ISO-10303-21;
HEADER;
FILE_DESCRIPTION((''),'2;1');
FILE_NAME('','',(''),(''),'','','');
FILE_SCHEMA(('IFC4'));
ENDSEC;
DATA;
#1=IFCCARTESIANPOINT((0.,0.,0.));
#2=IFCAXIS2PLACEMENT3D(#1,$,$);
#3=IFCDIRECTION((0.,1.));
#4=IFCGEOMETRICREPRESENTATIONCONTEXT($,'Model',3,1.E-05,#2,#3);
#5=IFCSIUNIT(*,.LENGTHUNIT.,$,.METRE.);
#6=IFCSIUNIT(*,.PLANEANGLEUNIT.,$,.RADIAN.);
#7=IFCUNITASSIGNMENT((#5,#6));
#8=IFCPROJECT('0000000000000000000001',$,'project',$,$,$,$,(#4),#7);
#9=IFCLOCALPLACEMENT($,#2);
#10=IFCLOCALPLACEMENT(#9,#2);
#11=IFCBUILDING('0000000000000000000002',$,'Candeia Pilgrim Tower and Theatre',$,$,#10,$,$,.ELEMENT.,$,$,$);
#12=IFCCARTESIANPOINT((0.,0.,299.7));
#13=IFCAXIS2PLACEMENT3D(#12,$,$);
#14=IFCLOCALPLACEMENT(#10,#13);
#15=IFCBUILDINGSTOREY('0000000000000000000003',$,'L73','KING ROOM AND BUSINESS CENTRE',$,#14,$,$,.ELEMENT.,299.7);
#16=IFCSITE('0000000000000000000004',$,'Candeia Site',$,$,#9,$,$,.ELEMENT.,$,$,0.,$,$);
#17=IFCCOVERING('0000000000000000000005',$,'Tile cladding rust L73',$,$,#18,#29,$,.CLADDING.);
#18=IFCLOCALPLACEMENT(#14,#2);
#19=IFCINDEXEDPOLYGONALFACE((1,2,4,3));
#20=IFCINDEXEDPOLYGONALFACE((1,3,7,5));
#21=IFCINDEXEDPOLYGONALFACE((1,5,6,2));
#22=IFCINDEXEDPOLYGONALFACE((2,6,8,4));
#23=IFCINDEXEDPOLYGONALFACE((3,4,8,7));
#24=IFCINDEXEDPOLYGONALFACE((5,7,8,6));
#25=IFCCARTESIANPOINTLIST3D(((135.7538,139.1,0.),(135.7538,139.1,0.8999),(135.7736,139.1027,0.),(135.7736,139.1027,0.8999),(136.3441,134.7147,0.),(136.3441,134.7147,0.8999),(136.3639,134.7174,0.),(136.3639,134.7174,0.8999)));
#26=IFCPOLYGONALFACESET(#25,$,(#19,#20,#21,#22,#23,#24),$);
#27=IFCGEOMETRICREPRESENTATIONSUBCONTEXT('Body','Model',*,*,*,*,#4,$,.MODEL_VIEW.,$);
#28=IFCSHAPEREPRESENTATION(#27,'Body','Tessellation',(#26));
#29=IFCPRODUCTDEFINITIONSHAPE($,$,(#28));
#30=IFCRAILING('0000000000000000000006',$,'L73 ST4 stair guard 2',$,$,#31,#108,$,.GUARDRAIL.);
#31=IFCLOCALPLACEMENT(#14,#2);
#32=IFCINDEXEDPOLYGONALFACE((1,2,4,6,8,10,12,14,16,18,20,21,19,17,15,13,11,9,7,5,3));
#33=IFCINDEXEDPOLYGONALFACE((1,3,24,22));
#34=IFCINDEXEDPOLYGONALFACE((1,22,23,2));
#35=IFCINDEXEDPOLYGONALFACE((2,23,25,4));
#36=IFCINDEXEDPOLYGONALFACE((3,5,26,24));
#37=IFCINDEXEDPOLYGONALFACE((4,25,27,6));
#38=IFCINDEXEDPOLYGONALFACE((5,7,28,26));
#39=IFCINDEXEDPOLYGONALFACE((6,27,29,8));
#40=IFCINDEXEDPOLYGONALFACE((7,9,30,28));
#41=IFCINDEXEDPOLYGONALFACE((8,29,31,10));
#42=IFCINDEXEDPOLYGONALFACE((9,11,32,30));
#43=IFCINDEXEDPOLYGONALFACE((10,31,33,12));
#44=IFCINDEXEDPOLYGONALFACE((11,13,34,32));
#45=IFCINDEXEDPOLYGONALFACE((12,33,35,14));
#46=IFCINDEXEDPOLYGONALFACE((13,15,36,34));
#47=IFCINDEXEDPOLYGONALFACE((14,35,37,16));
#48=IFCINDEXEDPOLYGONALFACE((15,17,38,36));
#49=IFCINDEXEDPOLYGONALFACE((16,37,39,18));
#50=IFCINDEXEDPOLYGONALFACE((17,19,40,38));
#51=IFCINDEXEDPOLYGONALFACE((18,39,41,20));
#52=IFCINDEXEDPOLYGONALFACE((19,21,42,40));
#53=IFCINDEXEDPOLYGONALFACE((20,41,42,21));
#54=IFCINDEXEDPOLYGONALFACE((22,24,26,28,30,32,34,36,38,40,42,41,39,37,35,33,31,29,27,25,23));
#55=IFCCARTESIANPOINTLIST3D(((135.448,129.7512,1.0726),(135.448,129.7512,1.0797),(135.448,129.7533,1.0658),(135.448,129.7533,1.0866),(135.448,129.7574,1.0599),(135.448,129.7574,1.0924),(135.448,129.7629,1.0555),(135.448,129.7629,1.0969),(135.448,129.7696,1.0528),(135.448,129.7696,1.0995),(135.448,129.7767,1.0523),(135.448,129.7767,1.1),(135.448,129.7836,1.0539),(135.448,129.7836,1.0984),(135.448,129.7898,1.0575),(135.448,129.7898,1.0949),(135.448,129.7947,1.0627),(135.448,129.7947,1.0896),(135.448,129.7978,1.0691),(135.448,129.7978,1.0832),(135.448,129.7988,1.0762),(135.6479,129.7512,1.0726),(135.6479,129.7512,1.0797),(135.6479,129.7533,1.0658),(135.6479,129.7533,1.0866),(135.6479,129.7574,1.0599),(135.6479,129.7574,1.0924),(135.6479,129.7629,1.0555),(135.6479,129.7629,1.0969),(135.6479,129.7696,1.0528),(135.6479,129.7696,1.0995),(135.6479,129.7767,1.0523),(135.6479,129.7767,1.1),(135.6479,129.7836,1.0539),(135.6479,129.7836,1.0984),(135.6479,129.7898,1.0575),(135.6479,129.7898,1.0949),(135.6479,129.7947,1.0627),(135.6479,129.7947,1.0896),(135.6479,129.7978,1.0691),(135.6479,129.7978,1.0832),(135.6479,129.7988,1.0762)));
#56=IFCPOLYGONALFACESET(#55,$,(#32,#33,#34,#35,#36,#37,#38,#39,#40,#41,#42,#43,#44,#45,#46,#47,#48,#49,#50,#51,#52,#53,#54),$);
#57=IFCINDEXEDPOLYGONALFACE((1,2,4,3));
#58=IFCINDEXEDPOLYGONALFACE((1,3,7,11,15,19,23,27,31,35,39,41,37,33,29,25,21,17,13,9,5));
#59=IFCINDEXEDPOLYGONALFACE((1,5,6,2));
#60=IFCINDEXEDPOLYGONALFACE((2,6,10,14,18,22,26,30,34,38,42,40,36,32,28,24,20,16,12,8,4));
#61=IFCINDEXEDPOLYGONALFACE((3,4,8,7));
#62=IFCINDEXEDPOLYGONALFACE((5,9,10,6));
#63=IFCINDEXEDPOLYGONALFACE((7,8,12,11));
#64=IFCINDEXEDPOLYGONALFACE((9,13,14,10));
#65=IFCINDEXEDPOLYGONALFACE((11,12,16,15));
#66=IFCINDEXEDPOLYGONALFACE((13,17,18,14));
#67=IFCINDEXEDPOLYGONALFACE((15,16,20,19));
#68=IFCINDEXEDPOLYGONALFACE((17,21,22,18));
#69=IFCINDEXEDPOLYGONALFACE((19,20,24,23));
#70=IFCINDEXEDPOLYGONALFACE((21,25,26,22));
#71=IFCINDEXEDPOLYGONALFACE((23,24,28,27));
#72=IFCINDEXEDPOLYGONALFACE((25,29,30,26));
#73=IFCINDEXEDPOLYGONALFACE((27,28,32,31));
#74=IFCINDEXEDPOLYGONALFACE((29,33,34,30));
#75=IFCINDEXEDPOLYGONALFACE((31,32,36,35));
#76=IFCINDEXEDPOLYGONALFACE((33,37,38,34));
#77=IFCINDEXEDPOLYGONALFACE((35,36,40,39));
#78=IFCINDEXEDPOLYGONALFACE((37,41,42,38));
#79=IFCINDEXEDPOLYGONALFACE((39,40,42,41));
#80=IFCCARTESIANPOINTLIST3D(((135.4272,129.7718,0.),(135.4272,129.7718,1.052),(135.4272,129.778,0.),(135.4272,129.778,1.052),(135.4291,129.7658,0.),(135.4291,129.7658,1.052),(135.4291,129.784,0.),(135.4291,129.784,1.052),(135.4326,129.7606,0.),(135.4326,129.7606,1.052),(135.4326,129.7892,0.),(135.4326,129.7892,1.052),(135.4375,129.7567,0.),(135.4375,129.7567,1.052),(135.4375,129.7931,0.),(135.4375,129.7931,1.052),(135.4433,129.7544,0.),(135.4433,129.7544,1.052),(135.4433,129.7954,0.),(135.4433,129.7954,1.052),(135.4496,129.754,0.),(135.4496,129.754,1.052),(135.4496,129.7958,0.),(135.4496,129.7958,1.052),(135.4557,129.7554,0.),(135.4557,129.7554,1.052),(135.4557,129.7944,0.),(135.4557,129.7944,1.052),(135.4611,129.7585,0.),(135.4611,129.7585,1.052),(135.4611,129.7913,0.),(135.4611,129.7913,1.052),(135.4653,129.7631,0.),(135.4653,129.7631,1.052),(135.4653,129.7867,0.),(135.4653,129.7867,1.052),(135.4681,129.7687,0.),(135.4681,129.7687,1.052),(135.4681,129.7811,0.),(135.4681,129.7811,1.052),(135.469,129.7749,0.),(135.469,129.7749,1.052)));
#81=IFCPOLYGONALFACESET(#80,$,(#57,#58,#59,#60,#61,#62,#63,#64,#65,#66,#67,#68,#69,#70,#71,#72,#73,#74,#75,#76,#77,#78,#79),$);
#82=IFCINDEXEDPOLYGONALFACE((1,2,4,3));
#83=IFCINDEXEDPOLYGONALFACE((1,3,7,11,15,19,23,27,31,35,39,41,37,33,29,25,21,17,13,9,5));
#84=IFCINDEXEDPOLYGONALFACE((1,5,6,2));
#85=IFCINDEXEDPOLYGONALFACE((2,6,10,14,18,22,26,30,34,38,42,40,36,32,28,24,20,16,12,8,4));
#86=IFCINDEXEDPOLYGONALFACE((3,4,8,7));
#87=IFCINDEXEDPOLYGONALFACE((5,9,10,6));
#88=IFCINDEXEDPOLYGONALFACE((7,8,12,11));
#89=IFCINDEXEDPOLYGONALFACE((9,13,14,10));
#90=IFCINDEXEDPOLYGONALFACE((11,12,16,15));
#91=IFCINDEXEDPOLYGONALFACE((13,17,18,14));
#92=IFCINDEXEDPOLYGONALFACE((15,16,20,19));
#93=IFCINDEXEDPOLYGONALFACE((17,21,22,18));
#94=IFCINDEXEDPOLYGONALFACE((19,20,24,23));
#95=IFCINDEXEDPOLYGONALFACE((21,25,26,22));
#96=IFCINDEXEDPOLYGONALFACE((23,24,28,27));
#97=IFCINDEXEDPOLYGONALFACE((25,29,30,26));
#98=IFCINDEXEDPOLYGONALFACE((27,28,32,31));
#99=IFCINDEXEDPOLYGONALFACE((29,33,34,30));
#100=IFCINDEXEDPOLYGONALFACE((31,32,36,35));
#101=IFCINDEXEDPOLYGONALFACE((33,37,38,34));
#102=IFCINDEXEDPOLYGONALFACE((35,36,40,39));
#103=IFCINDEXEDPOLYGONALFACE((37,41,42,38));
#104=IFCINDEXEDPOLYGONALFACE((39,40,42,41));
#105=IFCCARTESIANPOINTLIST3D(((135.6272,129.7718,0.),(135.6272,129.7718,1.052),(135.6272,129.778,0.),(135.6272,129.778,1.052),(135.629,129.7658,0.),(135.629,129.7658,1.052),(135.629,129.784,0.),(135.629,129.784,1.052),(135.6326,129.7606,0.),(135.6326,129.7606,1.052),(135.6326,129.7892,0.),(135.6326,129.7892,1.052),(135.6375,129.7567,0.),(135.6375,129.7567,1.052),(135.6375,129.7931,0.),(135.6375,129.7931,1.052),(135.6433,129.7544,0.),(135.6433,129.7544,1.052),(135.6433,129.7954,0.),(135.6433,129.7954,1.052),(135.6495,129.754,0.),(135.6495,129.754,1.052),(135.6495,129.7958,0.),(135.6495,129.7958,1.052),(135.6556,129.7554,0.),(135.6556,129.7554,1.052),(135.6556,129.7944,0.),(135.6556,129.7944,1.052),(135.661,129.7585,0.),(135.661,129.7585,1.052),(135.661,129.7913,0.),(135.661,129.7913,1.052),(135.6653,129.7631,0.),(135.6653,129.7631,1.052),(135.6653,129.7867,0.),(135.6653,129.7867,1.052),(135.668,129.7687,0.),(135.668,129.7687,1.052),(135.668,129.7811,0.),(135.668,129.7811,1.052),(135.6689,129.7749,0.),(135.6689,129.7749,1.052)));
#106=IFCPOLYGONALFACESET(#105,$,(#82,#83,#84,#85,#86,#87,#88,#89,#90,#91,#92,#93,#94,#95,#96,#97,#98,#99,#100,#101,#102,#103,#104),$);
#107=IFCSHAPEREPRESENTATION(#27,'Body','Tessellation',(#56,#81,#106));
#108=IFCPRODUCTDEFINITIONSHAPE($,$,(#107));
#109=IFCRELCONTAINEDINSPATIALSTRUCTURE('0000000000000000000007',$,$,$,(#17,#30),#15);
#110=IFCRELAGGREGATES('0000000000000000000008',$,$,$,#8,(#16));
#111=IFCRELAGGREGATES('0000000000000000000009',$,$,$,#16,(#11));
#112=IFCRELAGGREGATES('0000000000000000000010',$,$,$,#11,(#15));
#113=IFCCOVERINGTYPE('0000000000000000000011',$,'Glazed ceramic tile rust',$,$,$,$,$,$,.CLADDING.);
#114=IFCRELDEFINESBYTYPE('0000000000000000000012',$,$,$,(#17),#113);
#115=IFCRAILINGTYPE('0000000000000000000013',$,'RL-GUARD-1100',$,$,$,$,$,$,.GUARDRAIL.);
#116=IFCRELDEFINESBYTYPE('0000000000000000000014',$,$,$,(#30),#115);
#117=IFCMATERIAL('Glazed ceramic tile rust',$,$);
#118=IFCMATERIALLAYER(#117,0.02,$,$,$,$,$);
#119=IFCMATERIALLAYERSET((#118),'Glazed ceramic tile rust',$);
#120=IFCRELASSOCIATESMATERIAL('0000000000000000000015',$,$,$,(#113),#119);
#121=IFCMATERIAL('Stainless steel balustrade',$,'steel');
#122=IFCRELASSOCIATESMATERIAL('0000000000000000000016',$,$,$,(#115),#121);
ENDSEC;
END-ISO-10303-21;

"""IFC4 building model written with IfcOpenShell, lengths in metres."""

from ifc_helpers import new_model, si_unit, direction, frame, origin, origin_2d, place, context, subcontext, project, spatial, rectangle, circle, extrude, material, layer, layer_set, type_object, element, save


model = new_model("IFC4")

# Units and contexts
model_context = context("Model", 3, precision=1e-05, world=origin(), true_north=direction((0.0, 1.0)))
body_context = subcontext(model_context, "Body", "Model", "MODEL_VIEW")
ifc_project = project(units=[si_unit("LENGTHUNIT", "METRE"), si_unit("PLANEANGLEUNIT", "RADIAN")], contexts=[model_context])

# Site, building, storey
site_placement = place(None, origin())
site = spatial("IfcSite", under=ifc_project, at=site_placement, Name="Candeia Site", CompositionType="ELEMENT", RefElevation=0.0)
building_placement = place(site_placement, origin())
building = spatial("IfcBuilding", under=site, at=building_placement, Name="Candeia Pilgrim Tower and Theatre", CompositionType="ELEMENT")
storey_placement = place(building_placement, frame((0.0, 0.0, 299.7)))
storey = spatial("IfcBuildingStorey", under=building, at=storey_placement, Name="L73", Description="KING ROOM AND BUSINESS CENTRE", CompositionType="ELEMENT", Elevation=299.7)

# Covering
ifc_material_1 = material(Name="Glazed ceramic tile rust")
ifc_layer_1 = layer(ifc_material_1, 0.02)
ifc_layer_set_1 = layer_set([ifc_layer_1], Name="Glazed ceramic tile rust")
covering_type = type_object("IfcCoveringType", Name="Glazed ceramic tile rust", PredefinedType="CLADDING", material=ifc_layer_set_1)
covering_1_placement = place(storey_placement, frame((136.0588, 136.9087, 0.0), z_axis=(0.0, 0.0, 1.0), x_axis=(-0.133412, 0.991061, 0.0)))
element("IfcCovering", 1, at=covering_1_placement, inside=storey, type_object=covering_type, Name="Tile cladding rust L73", PredefinedType="CLADDING", context=body_context, shape_type="SweptSolid", body=[
    extrude(rectangle(XDim=4.4248, YDim=0.02, at=origin_2d()), origin(), (0.0, 0.0, 1.0), 0.8999),
])

# Railing
ifc_material_2 = material(Name="Stainless steel balustrade", Category="steel")
railing_type_1 = type_object("IfcRailingType", Name="RL-GUARD-1100", PredefinedType="GUARDRAIL", material=ifc_material_2)
railing_1_placement = place(storey_placement, frame((135.448, 129.7749, 0.0)))
element("IfcRailing", 2, at=railing_1_placement, inside=storey, type_object=railing_type_1, Name="L73 ST4 stair guard 2", PredefinedType="GUARDRAIL", context=body_context, shape_type="SweptSolid", body=[
    extrude(circle(Radius=0.0239, at=origin_2d()), frame((0.0, 0.0, 1.0762), z_axis=(1.0, 0.0, 0.0), x_axis=(0.0, 1.0, 0.0)), (0.0, 0.0, 1.0), 0.2),
    extrude(circle(Radius=0.021, at=origin_2d()), origin(), (0.0, 0.0, 1.0), 1.052),
    extrude(circle(Radius=0.021, at=origin_2d()), frame((0.2, 0.0, 0.0)), (0.0, 0.0, 1.0), 1.052),
])

save(model, "model.ifc")
